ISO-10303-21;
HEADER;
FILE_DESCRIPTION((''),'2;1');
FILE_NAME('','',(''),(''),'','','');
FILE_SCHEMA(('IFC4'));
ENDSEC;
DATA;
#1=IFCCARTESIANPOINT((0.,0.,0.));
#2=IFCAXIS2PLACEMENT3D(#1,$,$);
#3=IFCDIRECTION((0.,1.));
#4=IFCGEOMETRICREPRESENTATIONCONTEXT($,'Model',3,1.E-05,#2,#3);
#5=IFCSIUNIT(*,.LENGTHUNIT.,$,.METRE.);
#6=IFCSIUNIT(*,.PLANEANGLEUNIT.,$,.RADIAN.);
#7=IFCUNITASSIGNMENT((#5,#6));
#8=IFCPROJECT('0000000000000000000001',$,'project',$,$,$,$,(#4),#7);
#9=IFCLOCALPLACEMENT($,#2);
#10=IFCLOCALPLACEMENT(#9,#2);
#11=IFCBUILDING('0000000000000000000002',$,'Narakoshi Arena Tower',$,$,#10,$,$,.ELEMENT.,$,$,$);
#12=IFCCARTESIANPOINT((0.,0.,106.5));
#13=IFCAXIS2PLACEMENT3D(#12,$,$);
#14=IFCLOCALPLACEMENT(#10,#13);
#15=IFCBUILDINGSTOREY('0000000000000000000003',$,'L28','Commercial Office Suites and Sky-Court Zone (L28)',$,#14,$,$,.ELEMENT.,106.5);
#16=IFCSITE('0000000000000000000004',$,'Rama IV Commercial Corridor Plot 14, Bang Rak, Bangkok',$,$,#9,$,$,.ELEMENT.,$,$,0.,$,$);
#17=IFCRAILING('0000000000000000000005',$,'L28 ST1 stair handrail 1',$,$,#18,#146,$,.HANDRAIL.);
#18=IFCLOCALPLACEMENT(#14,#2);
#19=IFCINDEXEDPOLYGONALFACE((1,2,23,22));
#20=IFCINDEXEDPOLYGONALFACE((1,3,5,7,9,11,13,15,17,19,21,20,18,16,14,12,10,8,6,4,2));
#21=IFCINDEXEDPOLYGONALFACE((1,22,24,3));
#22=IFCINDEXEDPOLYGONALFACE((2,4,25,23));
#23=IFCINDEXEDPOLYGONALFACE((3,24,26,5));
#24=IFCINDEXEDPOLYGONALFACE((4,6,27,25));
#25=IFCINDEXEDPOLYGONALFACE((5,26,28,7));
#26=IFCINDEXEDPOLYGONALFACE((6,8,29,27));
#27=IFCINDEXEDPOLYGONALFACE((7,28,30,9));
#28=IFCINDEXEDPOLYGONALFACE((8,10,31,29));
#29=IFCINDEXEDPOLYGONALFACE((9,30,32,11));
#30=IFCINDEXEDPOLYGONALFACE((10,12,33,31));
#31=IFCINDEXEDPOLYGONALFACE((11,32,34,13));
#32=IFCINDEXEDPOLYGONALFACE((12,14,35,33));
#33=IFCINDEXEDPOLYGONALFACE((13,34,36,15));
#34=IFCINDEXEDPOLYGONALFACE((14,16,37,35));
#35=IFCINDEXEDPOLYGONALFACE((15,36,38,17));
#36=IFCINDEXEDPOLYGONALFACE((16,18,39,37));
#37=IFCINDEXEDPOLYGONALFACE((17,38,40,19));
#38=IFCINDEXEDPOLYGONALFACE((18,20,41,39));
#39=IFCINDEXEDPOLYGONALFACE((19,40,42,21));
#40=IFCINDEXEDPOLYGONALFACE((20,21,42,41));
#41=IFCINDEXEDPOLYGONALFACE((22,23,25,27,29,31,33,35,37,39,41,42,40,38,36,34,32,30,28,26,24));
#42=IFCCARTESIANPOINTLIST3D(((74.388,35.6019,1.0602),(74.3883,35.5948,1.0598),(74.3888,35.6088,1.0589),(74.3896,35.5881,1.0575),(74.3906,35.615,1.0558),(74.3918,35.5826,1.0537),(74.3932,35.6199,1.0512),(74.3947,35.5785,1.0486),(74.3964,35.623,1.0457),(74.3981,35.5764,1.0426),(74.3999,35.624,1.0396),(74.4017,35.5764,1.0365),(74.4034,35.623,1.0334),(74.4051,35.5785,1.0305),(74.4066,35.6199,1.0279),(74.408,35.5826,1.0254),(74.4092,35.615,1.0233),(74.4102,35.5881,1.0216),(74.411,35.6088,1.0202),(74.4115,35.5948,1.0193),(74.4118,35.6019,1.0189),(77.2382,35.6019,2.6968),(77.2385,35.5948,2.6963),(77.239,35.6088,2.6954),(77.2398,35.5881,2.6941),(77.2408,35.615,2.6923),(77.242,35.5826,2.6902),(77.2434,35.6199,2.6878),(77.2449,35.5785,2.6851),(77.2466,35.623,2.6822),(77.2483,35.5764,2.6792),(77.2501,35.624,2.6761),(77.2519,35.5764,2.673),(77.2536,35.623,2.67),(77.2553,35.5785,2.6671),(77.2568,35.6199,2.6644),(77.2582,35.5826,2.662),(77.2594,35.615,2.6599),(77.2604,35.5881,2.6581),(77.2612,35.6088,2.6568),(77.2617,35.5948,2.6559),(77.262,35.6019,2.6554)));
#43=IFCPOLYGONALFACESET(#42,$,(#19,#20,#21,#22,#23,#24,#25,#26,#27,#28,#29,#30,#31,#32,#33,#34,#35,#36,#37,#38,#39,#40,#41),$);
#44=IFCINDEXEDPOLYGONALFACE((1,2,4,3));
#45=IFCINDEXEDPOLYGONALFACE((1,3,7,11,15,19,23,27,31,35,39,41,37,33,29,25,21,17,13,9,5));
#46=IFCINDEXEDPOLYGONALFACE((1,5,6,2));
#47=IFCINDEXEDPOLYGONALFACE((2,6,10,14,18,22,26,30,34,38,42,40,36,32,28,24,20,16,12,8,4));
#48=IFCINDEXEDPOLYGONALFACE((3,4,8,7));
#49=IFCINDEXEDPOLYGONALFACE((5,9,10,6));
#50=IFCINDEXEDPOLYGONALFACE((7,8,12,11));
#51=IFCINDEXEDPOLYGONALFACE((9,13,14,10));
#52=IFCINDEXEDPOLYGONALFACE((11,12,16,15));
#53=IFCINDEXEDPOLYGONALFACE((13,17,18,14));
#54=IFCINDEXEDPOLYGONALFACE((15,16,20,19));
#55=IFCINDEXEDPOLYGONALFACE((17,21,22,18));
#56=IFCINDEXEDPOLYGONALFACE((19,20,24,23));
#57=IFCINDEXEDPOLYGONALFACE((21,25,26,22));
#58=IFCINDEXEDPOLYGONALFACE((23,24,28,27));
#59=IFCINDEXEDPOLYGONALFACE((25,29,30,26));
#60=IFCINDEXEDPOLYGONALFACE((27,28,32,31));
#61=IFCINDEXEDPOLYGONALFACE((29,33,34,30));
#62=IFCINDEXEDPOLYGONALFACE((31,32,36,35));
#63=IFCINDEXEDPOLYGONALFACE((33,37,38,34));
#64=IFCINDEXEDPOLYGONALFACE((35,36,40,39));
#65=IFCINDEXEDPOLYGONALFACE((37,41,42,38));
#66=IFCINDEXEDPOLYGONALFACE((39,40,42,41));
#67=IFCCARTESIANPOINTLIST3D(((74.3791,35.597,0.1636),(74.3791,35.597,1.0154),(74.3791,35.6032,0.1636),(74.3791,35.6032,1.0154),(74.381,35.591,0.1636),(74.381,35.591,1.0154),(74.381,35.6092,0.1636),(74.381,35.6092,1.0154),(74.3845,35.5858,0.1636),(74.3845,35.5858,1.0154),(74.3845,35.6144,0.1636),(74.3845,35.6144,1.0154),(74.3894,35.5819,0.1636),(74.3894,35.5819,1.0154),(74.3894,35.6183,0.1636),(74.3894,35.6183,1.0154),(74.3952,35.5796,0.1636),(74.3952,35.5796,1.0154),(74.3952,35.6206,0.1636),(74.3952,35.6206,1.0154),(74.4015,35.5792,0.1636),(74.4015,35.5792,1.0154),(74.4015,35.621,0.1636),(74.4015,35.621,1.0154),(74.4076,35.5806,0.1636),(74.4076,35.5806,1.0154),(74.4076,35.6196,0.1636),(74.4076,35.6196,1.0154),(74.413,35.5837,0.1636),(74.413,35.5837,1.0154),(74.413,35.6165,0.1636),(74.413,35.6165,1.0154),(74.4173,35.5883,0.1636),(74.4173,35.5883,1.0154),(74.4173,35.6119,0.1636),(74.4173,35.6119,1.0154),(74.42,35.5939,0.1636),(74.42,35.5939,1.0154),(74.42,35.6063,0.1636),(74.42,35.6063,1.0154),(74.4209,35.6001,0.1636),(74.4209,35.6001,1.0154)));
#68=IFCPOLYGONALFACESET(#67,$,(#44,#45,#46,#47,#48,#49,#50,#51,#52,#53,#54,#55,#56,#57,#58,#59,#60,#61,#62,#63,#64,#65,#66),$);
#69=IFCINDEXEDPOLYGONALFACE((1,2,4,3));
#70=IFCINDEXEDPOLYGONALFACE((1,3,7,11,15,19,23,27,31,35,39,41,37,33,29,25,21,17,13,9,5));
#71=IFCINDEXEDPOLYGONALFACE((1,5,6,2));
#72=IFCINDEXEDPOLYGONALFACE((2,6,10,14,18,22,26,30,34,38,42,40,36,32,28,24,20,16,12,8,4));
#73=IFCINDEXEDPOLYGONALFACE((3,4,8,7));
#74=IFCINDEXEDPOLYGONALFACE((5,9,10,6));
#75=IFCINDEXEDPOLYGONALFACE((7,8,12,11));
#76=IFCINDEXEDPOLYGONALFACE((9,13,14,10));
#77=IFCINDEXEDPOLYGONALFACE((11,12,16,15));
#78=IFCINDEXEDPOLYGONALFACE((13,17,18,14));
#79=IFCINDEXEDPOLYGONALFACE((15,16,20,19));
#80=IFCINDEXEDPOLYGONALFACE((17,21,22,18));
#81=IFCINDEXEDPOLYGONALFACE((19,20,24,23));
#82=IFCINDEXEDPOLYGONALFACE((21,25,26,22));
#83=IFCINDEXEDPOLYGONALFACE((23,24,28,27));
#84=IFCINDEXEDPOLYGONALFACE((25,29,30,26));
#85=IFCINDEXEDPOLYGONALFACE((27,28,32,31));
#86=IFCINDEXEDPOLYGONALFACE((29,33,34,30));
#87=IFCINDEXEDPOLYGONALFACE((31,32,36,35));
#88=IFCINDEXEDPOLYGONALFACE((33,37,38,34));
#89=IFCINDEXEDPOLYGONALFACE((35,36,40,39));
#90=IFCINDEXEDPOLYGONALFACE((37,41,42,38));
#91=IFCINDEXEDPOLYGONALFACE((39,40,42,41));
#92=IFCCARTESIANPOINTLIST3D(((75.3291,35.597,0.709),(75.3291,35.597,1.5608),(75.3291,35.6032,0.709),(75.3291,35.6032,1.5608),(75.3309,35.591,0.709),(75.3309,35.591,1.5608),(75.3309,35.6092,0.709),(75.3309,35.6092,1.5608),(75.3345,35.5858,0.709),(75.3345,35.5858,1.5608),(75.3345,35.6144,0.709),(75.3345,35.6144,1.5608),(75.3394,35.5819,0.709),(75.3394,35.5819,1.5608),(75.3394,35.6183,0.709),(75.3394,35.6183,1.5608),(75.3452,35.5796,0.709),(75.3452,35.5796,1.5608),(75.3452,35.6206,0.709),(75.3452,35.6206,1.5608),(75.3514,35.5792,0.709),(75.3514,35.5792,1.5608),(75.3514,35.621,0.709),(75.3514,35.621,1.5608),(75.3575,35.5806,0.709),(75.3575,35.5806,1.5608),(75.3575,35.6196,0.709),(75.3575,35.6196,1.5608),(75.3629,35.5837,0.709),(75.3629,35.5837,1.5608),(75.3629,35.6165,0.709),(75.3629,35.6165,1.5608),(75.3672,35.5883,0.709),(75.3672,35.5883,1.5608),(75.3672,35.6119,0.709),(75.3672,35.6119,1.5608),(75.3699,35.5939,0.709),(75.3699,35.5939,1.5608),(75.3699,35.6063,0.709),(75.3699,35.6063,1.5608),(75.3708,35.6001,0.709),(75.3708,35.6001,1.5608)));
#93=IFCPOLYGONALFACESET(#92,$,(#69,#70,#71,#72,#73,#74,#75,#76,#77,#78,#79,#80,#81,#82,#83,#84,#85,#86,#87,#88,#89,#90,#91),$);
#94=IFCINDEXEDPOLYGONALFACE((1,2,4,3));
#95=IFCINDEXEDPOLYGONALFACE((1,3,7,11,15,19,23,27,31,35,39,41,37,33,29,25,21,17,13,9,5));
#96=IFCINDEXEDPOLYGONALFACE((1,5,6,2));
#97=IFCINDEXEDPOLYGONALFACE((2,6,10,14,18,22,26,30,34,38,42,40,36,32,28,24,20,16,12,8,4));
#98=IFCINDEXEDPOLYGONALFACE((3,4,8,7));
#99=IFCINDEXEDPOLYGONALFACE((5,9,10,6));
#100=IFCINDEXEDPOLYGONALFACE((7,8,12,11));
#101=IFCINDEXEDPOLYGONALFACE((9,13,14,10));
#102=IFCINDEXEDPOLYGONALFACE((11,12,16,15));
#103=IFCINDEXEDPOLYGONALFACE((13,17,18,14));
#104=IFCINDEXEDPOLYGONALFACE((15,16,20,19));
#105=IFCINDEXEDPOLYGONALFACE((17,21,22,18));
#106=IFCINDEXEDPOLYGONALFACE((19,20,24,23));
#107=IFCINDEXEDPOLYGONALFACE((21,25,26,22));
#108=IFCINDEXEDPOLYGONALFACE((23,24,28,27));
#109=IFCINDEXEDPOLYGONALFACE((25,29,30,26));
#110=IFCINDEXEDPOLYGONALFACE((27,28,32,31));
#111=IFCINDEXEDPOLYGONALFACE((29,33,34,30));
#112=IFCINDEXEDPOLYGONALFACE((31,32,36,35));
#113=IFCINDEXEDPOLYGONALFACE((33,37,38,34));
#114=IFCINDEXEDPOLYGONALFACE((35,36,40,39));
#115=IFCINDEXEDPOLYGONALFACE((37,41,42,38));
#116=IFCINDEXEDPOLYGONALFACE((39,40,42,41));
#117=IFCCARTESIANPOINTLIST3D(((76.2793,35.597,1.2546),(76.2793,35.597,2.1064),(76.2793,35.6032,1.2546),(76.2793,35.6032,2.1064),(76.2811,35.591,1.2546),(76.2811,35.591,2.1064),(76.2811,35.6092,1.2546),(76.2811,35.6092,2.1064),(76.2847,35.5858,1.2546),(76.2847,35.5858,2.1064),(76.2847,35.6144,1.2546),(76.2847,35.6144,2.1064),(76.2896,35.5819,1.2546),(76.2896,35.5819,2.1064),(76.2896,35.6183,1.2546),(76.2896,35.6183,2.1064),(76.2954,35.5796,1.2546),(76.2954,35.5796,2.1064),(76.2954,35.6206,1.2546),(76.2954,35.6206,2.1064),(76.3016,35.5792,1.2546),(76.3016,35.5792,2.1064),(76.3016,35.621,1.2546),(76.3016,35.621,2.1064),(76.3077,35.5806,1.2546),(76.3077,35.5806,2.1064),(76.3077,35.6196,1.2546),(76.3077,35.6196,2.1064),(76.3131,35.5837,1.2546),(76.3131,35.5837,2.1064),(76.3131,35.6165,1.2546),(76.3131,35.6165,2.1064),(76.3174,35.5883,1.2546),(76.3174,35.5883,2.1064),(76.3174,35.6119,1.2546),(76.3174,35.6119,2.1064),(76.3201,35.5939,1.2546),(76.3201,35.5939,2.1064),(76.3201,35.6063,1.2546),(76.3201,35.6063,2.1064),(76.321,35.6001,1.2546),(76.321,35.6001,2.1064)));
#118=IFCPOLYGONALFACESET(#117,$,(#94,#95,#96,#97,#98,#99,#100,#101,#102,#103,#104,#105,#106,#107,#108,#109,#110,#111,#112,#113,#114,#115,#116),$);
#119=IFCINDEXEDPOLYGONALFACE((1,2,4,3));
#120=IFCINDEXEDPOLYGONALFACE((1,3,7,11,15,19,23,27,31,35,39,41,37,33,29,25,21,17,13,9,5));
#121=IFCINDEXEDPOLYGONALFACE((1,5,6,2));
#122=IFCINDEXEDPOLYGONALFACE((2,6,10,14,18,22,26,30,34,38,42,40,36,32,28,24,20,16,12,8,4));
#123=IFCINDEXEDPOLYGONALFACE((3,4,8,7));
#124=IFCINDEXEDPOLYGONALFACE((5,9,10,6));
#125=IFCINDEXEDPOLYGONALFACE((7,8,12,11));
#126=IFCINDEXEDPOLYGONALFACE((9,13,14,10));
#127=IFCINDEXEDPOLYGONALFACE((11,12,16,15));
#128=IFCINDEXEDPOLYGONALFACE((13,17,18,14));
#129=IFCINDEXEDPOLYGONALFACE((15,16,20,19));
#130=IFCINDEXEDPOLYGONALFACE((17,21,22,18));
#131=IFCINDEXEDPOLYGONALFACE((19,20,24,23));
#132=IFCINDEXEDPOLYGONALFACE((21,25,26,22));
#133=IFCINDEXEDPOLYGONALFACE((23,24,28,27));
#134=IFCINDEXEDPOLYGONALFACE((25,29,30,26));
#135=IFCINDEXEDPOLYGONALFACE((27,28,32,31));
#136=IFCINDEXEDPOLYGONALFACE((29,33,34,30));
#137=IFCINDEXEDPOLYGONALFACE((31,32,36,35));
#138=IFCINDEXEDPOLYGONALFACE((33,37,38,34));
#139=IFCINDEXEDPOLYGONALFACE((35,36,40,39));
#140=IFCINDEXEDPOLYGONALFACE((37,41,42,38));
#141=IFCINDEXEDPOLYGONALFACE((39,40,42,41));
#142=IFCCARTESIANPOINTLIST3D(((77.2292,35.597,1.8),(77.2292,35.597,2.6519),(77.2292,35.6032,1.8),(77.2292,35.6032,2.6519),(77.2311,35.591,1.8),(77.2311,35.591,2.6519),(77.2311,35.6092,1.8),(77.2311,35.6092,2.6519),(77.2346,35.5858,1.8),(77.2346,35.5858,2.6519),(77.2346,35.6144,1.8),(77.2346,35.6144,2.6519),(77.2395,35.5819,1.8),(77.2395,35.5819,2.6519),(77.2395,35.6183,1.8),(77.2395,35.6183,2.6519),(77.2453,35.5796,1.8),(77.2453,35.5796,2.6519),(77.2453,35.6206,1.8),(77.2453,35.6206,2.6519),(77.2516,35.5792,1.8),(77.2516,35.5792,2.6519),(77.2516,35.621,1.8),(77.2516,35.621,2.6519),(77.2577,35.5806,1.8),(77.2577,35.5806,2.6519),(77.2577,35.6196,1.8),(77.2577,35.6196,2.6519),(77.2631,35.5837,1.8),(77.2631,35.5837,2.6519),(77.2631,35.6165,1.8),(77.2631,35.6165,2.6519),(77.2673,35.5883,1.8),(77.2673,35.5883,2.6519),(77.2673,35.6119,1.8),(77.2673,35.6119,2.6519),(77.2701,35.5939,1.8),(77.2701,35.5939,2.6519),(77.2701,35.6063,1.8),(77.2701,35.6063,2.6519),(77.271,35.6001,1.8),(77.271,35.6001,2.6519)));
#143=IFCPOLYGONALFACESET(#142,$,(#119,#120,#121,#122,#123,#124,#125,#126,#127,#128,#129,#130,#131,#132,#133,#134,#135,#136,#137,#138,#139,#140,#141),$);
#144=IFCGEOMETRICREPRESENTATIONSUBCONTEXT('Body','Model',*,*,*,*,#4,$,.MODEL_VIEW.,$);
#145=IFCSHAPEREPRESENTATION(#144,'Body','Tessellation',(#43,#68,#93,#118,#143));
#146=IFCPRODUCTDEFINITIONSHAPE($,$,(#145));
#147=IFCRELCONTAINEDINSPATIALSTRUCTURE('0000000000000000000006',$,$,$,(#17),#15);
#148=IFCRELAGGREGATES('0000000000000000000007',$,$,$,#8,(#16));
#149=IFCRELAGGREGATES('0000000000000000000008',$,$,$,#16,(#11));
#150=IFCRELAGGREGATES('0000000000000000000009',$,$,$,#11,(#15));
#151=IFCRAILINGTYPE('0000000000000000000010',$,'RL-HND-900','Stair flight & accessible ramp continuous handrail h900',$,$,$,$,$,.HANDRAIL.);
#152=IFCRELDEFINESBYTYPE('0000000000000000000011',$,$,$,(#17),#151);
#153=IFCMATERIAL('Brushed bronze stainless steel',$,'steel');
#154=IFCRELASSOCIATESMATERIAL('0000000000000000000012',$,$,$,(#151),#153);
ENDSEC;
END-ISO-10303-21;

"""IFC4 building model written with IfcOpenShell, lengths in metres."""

from ifc_helpers import new_model, si_unit, direction, frame, origin, origin_2d, place, context, subcontext, project, spatial, circle, extrude, material, type_object, element, save


model = new_model("IFC4")

# Units and contexts
model_context = context("Model", 3, precision=1e-05, world=origin(), true_north=direction((0.0, 1.0)))
body_context = subcontext(model_context, "Body", "Model", "MODEL_VIEW")
ifc_project = project(units=[si_unit("LENGTHUNIT", "METRE"), si_unit("PLANEANGLEUNIT", "RADIAN")], contexts=[model_context])

# Site, building, storey
site_placement = place(None, origin())
site = spatial("IfcSite", under=ifc_project, at=site_placement, Name="Rama IV Commercial Corridor Plot 14, Bang Rak, Bangkok", CompositionType="ELEMENT", RefElevation=0.0)
building_placement = place(site_placement, origin())
building = spatial("IfcBuilding", under=site, at=building_placement, Name="Narakoshi Arena Tower", CompositionType="ELEMENT")
storey_placement = place(building_placement, frame((0.0, 0.0, 106.5)))
storey = spatial("IfcBuildingStorey", under=building, at=storey_placement, Name="L28", Description="Commercial Office Suites and Sky-Court Zone (L28)", CompositionType="ELEMENT", Elevation=106.5)

# Railing
ifc_material_1 = material(Name="Brushed bronze stainless steel", Category="steel")
railing_type_1 = type_object("IfcRailingType", Name="RL-HND-900", Description="Stair flight & accessible ramp continuous handrail h900", PredefinedType="HANDRAIL", material=ifc_material_1)
railing_1_placement = place(storey_placement, frame((74.3999, 35.6001, 0.1636)))
element("IfcRailing", 1, at=railing_1_placement, inside=storey, type_object=railing_type_1, Name="L28 ST1 stair handrail 1", PredefinedType="HANDRAIL", context=body_context, shape_type="SweptSolid", body=[
    extrude(circle(Radius=0.0239, at=origin_2d()), frame((0.0, 0.0, 0.876), z_axis=(0.867213, 0.0, 0.497938), x_axis=(0.0, 1.0, 0.0)), (0.0, 0.0, 1.0), 3.2866),
    extrude(circle(Radius=0.021, at=origin_2d()), origin(), (0.0, 0.0, 1.0), 0.8518),
    extrude(circle(Radius=0.021, at=origin_2d()), frame((0.95, 0.0, 0.5454)), (0.0, 0.0, 1.0), 0.8518),
    extrude(circle(Radius=0.021, at=origin_2d()), frame((1.9001, 0.0, 1.0911)), (0.0, 0.0, 1.0), 0.8518),
    extrude(circle(Radius=0.021, at=origin_2d()), frame((2.8501, 0.0, 1.6365)), (0.0, 0.0, 1.0), 0.8518),
])

save(model, "model.ifc")
